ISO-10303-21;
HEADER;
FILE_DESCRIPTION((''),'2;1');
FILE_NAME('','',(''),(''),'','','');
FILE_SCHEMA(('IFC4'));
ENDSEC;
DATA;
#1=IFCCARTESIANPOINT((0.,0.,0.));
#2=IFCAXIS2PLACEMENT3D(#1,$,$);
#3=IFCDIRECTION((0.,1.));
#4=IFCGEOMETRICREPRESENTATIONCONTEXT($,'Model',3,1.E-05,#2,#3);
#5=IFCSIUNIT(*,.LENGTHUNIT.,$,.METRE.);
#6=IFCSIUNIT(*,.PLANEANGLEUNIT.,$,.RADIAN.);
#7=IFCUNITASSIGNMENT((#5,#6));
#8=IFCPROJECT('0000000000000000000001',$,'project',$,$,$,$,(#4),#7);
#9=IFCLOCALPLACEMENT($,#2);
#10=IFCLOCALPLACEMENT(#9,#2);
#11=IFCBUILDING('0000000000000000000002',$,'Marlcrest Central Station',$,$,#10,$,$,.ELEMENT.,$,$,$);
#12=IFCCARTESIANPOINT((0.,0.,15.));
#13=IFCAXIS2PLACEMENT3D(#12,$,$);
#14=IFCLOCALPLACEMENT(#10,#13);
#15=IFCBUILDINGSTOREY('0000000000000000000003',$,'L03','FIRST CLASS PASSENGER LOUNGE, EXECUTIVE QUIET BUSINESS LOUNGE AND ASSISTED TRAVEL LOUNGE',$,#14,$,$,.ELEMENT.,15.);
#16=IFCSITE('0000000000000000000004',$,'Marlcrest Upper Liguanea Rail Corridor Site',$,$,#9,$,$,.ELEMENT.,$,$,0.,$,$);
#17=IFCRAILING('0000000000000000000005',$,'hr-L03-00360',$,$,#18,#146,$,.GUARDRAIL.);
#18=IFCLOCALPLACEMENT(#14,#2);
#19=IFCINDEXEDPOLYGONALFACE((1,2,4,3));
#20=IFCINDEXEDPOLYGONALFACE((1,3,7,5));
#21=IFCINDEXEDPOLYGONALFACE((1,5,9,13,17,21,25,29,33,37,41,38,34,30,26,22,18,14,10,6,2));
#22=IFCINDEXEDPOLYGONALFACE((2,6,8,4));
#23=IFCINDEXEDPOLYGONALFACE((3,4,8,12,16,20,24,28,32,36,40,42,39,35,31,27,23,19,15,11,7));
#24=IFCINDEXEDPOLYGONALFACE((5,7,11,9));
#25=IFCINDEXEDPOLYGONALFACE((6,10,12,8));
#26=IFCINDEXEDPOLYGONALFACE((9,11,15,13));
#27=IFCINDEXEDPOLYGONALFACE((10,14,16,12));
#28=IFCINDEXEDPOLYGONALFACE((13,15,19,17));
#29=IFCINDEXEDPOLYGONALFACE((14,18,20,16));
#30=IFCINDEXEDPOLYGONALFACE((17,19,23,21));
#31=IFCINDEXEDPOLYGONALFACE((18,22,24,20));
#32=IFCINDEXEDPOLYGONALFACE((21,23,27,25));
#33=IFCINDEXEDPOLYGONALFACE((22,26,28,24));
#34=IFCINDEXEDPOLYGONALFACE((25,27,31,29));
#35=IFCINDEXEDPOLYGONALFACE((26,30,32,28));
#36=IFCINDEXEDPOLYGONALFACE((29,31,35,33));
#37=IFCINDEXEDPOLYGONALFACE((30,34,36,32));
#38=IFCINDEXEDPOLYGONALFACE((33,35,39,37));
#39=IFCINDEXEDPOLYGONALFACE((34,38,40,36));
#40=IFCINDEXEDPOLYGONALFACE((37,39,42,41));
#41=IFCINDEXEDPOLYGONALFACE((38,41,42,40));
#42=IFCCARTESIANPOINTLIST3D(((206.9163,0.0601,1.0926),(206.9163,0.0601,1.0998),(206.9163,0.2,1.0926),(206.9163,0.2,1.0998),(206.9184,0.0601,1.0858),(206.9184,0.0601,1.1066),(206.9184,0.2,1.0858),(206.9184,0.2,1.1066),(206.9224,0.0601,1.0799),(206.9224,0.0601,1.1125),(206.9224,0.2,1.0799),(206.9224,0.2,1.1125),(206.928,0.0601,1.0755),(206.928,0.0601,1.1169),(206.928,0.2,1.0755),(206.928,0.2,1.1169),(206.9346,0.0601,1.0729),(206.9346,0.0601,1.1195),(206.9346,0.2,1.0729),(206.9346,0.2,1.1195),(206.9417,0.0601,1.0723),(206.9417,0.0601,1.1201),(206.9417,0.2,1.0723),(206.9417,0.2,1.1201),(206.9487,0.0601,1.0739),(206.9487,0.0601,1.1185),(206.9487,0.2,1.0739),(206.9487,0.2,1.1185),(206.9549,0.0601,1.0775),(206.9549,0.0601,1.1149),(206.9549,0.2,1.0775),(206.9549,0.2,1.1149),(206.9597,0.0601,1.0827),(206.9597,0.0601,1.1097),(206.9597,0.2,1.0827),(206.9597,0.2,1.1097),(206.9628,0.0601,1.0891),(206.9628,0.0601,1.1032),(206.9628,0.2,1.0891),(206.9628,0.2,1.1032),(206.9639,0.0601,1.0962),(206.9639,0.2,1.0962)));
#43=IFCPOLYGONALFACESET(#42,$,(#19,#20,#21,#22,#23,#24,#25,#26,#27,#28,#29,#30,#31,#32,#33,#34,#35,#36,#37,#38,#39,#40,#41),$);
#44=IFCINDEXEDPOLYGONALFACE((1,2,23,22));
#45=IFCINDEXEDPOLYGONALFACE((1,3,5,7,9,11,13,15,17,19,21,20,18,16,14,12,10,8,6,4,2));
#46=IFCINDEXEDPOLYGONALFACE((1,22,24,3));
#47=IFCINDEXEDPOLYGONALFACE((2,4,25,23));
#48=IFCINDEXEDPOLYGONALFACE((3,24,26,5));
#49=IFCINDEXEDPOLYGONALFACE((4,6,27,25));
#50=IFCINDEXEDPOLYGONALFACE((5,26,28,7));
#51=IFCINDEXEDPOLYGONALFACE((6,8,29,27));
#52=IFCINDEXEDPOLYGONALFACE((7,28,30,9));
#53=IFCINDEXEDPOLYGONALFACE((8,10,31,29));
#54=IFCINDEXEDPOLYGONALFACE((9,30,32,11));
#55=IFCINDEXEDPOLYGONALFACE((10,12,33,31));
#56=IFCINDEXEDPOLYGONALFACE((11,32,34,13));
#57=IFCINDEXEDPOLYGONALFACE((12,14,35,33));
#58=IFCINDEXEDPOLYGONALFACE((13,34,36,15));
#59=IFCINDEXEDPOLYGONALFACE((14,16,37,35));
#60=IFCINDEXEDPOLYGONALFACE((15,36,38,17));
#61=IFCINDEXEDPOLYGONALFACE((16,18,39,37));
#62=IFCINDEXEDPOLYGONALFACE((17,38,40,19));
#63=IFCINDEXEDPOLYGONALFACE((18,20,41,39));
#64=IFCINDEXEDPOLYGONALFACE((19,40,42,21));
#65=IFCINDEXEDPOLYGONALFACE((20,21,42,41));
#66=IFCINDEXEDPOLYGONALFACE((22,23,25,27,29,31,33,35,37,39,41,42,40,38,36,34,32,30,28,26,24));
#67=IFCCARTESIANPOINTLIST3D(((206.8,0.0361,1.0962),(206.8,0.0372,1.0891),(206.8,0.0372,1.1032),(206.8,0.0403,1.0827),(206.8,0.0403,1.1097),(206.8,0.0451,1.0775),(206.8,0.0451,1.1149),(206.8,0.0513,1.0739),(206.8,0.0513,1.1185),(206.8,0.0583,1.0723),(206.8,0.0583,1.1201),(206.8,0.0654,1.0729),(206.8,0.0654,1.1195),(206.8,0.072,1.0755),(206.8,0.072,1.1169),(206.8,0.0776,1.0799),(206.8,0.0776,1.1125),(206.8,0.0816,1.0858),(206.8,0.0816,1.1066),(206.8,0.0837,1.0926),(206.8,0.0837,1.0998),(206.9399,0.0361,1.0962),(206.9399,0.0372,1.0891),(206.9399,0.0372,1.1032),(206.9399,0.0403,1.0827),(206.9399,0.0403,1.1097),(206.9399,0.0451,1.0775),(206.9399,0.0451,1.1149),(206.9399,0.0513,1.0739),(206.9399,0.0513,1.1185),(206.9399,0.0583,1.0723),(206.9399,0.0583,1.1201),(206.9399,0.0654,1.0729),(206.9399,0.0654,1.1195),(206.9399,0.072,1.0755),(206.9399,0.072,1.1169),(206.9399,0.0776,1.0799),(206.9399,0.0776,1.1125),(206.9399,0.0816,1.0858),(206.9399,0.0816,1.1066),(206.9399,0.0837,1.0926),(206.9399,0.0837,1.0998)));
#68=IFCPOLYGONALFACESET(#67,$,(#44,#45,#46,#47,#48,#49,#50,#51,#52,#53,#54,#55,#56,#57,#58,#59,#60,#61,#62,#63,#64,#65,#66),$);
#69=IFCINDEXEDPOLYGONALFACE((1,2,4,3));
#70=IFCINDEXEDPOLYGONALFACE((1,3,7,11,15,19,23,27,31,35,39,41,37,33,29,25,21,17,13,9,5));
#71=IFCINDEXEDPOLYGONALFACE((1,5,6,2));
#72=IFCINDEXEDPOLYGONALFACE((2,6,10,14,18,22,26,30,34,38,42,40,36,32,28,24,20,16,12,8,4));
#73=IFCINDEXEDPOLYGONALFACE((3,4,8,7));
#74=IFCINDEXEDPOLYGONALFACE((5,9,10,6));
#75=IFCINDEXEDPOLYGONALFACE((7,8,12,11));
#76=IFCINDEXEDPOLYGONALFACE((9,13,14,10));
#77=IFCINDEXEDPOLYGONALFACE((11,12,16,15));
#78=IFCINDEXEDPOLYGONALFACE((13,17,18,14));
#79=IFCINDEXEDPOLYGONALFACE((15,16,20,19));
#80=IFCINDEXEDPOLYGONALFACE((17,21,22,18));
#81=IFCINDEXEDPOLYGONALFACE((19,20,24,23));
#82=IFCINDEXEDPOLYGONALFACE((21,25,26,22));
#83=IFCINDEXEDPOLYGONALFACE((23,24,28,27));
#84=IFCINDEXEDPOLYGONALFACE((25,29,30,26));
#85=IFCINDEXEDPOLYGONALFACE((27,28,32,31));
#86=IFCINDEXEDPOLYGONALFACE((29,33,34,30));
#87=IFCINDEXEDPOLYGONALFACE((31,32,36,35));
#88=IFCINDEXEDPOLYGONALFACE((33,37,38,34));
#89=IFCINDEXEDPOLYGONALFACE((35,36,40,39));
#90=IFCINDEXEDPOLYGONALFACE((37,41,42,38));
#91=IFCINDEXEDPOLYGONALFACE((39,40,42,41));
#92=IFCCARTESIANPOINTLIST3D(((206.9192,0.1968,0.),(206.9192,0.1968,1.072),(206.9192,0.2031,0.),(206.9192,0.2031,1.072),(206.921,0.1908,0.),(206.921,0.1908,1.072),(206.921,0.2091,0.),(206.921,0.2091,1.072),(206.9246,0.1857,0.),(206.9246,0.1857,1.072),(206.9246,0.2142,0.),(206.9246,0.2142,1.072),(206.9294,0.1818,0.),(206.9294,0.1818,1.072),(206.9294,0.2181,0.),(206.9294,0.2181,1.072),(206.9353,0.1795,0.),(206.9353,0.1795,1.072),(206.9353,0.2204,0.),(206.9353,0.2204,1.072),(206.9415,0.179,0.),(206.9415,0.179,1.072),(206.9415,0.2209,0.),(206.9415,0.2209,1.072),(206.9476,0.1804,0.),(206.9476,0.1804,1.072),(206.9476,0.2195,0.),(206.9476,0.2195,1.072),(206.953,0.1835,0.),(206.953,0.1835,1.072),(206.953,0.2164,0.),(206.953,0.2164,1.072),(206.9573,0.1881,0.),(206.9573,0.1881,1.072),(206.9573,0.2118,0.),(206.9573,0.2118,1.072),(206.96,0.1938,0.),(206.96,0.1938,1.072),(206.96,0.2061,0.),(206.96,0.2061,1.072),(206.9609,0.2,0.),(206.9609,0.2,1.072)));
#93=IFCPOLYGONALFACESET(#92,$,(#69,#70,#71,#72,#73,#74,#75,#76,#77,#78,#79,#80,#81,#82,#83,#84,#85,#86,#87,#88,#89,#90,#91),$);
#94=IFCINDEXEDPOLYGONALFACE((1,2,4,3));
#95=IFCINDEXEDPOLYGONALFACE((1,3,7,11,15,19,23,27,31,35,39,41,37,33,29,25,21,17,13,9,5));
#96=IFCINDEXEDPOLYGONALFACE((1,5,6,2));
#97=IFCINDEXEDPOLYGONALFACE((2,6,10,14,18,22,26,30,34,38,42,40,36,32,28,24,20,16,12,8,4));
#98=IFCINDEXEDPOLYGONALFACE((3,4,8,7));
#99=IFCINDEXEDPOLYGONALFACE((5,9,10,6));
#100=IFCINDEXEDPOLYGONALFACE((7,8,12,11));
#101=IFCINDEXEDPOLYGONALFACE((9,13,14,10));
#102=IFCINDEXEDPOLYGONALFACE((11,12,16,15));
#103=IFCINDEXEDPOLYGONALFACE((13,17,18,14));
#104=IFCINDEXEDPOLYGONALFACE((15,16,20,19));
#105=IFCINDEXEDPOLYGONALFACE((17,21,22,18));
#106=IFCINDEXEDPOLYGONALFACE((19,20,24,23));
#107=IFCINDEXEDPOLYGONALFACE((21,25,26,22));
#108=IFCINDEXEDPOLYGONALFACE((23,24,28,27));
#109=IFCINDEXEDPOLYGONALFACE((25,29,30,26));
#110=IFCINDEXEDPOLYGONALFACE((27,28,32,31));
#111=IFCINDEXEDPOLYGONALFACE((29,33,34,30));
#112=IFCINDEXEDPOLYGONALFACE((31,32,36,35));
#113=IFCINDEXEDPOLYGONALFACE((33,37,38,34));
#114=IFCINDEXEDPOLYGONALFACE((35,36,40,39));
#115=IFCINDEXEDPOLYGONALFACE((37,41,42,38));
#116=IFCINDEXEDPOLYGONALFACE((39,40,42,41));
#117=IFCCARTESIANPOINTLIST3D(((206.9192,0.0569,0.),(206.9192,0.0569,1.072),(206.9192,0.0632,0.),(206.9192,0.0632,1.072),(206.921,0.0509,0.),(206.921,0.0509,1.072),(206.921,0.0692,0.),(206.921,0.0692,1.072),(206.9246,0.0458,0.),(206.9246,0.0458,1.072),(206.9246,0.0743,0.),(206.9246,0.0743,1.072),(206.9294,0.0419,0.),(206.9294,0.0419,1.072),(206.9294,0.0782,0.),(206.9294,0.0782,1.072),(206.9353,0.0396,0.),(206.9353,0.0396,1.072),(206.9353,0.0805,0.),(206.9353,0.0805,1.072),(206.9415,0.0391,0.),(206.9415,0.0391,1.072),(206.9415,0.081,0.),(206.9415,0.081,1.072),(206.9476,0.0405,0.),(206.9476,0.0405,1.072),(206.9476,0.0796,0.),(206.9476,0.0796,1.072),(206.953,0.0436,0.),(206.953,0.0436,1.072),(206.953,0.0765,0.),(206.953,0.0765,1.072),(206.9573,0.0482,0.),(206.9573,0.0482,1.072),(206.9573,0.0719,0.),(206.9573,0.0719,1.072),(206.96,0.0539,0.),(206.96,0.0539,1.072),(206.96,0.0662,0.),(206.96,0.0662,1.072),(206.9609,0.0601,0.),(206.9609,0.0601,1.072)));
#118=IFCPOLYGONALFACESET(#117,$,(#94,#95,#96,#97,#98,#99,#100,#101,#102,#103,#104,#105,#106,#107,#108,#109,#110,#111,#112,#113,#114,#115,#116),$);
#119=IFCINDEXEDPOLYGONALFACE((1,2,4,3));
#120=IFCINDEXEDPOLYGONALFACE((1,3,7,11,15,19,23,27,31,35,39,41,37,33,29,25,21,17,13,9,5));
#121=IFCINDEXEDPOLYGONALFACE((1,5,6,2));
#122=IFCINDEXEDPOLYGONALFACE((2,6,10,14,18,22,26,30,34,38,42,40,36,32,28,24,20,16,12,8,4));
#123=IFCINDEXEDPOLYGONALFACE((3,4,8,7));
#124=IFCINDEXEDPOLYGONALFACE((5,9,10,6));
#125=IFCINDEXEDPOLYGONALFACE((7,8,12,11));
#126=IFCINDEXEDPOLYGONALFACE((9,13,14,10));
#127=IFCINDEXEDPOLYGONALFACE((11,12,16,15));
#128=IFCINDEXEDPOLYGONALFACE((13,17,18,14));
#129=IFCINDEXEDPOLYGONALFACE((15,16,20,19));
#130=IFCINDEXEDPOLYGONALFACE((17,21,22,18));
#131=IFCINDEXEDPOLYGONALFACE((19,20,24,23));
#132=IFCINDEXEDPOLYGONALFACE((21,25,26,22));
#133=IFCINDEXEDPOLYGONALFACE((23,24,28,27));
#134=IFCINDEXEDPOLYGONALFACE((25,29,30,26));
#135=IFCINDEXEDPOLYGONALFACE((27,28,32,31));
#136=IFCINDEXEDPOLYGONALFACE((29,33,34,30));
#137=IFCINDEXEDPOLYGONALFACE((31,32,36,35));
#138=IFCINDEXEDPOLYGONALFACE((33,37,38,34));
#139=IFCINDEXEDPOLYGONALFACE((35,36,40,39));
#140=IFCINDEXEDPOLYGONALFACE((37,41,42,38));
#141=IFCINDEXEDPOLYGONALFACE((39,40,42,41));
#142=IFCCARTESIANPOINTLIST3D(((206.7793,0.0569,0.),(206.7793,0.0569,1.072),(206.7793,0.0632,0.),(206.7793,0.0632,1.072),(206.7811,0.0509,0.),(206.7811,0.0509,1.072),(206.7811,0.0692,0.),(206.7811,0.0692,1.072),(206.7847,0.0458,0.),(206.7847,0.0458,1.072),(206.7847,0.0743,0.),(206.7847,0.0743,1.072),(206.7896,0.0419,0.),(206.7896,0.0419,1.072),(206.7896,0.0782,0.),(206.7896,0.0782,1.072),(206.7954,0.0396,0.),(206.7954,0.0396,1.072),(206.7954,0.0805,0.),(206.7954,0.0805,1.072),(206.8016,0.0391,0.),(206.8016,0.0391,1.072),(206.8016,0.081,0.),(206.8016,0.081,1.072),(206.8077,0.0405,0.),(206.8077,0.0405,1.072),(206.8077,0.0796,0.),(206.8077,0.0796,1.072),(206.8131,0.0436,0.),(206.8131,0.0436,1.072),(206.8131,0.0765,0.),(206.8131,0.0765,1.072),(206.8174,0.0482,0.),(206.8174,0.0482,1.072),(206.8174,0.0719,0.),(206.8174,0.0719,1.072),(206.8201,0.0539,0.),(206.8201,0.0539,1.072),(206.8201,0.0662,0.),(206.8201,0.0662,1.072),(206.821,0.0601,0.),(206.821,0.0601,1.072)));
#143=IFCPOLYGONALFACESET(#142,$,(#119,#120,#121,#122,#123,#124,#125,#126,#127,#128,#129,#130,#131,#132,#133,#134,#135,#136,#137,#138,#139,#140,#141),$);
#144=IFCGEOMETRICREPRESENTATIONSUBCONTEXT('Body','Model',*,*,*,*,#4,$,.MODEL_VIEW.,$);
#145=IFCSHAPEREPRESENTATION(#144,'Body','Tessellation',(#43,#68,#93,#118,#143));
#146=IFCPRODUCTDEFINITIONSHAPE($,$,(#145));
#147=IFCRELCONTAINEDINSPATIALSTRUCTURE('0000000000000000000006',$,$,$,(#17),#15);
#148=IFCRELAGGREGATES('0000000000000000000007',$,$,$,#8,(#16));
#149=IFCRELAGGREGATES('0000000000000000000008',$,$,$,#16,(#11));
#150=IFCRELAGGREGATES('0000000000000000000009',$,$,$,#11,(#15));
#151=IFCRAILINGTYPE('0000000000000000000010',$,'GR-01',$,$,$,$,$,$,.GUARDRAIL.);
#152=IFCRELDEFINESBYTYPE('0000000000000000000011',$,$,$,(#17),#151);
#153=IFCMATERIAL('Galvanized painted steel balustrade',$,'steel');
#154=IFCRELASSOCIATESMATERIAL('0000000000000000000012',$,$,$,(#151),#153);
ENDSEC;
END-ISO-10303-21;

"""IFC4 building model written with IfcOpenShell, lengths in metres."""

from ifc_helpers import new_model, si_unit, direction, frame, origin, origin_2d, place, context, subcontext, project, spatial, circle, extrude, material, type_object, element, save


model = new_model("IFC4")

# Units and contexts
model_context = context("Model", 3, precision=1e-05, world=origin(), true_north=direction((0.0, 1.0)))
body_context = subcontext(model_context, "Body", "Model", "MODEL_VIEW")
ifc_project = project(units=[si_unit("LENGTHUNIT", "METRE"), si_unit("PLANEANGLEUNIT", "RADIAN")], contexts=[model_context])

# Site, building, storey
site_placement = place(None, origin())
site = spatial("IfcSite", under=ifc_project, at=site_placement, Name="Marlcrest Upper Liguanea Rail Corridor Site", CompositionType="ELEMENT", RefElevation=0.0)
building_placement = place(site_placement, origin())
building = spatial("IfcBuilding", under=site, at=building_placement, Name="Marlcrest Central Station", CompositionType="ELEMENT")
storey_placement = place(building_placement, frame((0.0, 0.0, 15.0)))
storey = spatial("IfcBuildingStorey", under=building, at=storey_placement, Name="L03", Description="FIRST CLASS PASSENGER LOUNGE, EXECUTIVE QUIET BUSINESS LOUNGE AND ASSISTED TRAVEL LOUNGE", CompositionType="ELEMENT", Elevation=15.0)

# Railing
ifc_material_1 = material(Name="Galvanized painted steel balustrade", Category="steel")
railing_type = type_object("IfcRailingType", Name="GR-01", PredefinedType="GUARDRAIL", material=ifc_material_1)
railing_1_placement = place(storey_placement, frame((206.9399, 0.2, 0.0)))
element("IfcRailing", 1, at=railing_1_placement, inside=storey, type_object=railing_type, Name="hr-L03-00360", PredefinedType="GUARDRAIL", context=body_context, shape_type="SweptSolid", body=[
    extrude(circle(Radius=0.0239, at=origin_2d()), frame((0.0, 0.0, 1.0962), z_axis=(0.0, -1.0, 0.0), x_axis=(1.0, 0.0, 0.0)), (0.0, 0.0, 1.0), 0.1399),
    extrude(circle(Radius=0.0239, at=origin_2d()), frame((0.0, -0.1399, 1.0962), z_axis=(-1.0, 0.0, 0.0), x_axis=(0.0, -1.0, 0.0)), (0.0, 0.0, 1.0), 0.1399),
    extrude(circle(Radius=0.021, at=origin_2d()), origin(), (0.0, 0.0, 1.0), 1.072),
    extrude(circle(Radius=0.021, at=origin_2d()), frame((0.0, -0.1399, 0.0)), (0.0, 0.0, 1.0), 1.072),
    extrude(circle(Radius=0.021, at=origin_2d()), frame((-0.1399, -0.1399, 0.0)), (0.0, 0.0, 1.0), 1.072),
])

save(model, "model.ifc")
